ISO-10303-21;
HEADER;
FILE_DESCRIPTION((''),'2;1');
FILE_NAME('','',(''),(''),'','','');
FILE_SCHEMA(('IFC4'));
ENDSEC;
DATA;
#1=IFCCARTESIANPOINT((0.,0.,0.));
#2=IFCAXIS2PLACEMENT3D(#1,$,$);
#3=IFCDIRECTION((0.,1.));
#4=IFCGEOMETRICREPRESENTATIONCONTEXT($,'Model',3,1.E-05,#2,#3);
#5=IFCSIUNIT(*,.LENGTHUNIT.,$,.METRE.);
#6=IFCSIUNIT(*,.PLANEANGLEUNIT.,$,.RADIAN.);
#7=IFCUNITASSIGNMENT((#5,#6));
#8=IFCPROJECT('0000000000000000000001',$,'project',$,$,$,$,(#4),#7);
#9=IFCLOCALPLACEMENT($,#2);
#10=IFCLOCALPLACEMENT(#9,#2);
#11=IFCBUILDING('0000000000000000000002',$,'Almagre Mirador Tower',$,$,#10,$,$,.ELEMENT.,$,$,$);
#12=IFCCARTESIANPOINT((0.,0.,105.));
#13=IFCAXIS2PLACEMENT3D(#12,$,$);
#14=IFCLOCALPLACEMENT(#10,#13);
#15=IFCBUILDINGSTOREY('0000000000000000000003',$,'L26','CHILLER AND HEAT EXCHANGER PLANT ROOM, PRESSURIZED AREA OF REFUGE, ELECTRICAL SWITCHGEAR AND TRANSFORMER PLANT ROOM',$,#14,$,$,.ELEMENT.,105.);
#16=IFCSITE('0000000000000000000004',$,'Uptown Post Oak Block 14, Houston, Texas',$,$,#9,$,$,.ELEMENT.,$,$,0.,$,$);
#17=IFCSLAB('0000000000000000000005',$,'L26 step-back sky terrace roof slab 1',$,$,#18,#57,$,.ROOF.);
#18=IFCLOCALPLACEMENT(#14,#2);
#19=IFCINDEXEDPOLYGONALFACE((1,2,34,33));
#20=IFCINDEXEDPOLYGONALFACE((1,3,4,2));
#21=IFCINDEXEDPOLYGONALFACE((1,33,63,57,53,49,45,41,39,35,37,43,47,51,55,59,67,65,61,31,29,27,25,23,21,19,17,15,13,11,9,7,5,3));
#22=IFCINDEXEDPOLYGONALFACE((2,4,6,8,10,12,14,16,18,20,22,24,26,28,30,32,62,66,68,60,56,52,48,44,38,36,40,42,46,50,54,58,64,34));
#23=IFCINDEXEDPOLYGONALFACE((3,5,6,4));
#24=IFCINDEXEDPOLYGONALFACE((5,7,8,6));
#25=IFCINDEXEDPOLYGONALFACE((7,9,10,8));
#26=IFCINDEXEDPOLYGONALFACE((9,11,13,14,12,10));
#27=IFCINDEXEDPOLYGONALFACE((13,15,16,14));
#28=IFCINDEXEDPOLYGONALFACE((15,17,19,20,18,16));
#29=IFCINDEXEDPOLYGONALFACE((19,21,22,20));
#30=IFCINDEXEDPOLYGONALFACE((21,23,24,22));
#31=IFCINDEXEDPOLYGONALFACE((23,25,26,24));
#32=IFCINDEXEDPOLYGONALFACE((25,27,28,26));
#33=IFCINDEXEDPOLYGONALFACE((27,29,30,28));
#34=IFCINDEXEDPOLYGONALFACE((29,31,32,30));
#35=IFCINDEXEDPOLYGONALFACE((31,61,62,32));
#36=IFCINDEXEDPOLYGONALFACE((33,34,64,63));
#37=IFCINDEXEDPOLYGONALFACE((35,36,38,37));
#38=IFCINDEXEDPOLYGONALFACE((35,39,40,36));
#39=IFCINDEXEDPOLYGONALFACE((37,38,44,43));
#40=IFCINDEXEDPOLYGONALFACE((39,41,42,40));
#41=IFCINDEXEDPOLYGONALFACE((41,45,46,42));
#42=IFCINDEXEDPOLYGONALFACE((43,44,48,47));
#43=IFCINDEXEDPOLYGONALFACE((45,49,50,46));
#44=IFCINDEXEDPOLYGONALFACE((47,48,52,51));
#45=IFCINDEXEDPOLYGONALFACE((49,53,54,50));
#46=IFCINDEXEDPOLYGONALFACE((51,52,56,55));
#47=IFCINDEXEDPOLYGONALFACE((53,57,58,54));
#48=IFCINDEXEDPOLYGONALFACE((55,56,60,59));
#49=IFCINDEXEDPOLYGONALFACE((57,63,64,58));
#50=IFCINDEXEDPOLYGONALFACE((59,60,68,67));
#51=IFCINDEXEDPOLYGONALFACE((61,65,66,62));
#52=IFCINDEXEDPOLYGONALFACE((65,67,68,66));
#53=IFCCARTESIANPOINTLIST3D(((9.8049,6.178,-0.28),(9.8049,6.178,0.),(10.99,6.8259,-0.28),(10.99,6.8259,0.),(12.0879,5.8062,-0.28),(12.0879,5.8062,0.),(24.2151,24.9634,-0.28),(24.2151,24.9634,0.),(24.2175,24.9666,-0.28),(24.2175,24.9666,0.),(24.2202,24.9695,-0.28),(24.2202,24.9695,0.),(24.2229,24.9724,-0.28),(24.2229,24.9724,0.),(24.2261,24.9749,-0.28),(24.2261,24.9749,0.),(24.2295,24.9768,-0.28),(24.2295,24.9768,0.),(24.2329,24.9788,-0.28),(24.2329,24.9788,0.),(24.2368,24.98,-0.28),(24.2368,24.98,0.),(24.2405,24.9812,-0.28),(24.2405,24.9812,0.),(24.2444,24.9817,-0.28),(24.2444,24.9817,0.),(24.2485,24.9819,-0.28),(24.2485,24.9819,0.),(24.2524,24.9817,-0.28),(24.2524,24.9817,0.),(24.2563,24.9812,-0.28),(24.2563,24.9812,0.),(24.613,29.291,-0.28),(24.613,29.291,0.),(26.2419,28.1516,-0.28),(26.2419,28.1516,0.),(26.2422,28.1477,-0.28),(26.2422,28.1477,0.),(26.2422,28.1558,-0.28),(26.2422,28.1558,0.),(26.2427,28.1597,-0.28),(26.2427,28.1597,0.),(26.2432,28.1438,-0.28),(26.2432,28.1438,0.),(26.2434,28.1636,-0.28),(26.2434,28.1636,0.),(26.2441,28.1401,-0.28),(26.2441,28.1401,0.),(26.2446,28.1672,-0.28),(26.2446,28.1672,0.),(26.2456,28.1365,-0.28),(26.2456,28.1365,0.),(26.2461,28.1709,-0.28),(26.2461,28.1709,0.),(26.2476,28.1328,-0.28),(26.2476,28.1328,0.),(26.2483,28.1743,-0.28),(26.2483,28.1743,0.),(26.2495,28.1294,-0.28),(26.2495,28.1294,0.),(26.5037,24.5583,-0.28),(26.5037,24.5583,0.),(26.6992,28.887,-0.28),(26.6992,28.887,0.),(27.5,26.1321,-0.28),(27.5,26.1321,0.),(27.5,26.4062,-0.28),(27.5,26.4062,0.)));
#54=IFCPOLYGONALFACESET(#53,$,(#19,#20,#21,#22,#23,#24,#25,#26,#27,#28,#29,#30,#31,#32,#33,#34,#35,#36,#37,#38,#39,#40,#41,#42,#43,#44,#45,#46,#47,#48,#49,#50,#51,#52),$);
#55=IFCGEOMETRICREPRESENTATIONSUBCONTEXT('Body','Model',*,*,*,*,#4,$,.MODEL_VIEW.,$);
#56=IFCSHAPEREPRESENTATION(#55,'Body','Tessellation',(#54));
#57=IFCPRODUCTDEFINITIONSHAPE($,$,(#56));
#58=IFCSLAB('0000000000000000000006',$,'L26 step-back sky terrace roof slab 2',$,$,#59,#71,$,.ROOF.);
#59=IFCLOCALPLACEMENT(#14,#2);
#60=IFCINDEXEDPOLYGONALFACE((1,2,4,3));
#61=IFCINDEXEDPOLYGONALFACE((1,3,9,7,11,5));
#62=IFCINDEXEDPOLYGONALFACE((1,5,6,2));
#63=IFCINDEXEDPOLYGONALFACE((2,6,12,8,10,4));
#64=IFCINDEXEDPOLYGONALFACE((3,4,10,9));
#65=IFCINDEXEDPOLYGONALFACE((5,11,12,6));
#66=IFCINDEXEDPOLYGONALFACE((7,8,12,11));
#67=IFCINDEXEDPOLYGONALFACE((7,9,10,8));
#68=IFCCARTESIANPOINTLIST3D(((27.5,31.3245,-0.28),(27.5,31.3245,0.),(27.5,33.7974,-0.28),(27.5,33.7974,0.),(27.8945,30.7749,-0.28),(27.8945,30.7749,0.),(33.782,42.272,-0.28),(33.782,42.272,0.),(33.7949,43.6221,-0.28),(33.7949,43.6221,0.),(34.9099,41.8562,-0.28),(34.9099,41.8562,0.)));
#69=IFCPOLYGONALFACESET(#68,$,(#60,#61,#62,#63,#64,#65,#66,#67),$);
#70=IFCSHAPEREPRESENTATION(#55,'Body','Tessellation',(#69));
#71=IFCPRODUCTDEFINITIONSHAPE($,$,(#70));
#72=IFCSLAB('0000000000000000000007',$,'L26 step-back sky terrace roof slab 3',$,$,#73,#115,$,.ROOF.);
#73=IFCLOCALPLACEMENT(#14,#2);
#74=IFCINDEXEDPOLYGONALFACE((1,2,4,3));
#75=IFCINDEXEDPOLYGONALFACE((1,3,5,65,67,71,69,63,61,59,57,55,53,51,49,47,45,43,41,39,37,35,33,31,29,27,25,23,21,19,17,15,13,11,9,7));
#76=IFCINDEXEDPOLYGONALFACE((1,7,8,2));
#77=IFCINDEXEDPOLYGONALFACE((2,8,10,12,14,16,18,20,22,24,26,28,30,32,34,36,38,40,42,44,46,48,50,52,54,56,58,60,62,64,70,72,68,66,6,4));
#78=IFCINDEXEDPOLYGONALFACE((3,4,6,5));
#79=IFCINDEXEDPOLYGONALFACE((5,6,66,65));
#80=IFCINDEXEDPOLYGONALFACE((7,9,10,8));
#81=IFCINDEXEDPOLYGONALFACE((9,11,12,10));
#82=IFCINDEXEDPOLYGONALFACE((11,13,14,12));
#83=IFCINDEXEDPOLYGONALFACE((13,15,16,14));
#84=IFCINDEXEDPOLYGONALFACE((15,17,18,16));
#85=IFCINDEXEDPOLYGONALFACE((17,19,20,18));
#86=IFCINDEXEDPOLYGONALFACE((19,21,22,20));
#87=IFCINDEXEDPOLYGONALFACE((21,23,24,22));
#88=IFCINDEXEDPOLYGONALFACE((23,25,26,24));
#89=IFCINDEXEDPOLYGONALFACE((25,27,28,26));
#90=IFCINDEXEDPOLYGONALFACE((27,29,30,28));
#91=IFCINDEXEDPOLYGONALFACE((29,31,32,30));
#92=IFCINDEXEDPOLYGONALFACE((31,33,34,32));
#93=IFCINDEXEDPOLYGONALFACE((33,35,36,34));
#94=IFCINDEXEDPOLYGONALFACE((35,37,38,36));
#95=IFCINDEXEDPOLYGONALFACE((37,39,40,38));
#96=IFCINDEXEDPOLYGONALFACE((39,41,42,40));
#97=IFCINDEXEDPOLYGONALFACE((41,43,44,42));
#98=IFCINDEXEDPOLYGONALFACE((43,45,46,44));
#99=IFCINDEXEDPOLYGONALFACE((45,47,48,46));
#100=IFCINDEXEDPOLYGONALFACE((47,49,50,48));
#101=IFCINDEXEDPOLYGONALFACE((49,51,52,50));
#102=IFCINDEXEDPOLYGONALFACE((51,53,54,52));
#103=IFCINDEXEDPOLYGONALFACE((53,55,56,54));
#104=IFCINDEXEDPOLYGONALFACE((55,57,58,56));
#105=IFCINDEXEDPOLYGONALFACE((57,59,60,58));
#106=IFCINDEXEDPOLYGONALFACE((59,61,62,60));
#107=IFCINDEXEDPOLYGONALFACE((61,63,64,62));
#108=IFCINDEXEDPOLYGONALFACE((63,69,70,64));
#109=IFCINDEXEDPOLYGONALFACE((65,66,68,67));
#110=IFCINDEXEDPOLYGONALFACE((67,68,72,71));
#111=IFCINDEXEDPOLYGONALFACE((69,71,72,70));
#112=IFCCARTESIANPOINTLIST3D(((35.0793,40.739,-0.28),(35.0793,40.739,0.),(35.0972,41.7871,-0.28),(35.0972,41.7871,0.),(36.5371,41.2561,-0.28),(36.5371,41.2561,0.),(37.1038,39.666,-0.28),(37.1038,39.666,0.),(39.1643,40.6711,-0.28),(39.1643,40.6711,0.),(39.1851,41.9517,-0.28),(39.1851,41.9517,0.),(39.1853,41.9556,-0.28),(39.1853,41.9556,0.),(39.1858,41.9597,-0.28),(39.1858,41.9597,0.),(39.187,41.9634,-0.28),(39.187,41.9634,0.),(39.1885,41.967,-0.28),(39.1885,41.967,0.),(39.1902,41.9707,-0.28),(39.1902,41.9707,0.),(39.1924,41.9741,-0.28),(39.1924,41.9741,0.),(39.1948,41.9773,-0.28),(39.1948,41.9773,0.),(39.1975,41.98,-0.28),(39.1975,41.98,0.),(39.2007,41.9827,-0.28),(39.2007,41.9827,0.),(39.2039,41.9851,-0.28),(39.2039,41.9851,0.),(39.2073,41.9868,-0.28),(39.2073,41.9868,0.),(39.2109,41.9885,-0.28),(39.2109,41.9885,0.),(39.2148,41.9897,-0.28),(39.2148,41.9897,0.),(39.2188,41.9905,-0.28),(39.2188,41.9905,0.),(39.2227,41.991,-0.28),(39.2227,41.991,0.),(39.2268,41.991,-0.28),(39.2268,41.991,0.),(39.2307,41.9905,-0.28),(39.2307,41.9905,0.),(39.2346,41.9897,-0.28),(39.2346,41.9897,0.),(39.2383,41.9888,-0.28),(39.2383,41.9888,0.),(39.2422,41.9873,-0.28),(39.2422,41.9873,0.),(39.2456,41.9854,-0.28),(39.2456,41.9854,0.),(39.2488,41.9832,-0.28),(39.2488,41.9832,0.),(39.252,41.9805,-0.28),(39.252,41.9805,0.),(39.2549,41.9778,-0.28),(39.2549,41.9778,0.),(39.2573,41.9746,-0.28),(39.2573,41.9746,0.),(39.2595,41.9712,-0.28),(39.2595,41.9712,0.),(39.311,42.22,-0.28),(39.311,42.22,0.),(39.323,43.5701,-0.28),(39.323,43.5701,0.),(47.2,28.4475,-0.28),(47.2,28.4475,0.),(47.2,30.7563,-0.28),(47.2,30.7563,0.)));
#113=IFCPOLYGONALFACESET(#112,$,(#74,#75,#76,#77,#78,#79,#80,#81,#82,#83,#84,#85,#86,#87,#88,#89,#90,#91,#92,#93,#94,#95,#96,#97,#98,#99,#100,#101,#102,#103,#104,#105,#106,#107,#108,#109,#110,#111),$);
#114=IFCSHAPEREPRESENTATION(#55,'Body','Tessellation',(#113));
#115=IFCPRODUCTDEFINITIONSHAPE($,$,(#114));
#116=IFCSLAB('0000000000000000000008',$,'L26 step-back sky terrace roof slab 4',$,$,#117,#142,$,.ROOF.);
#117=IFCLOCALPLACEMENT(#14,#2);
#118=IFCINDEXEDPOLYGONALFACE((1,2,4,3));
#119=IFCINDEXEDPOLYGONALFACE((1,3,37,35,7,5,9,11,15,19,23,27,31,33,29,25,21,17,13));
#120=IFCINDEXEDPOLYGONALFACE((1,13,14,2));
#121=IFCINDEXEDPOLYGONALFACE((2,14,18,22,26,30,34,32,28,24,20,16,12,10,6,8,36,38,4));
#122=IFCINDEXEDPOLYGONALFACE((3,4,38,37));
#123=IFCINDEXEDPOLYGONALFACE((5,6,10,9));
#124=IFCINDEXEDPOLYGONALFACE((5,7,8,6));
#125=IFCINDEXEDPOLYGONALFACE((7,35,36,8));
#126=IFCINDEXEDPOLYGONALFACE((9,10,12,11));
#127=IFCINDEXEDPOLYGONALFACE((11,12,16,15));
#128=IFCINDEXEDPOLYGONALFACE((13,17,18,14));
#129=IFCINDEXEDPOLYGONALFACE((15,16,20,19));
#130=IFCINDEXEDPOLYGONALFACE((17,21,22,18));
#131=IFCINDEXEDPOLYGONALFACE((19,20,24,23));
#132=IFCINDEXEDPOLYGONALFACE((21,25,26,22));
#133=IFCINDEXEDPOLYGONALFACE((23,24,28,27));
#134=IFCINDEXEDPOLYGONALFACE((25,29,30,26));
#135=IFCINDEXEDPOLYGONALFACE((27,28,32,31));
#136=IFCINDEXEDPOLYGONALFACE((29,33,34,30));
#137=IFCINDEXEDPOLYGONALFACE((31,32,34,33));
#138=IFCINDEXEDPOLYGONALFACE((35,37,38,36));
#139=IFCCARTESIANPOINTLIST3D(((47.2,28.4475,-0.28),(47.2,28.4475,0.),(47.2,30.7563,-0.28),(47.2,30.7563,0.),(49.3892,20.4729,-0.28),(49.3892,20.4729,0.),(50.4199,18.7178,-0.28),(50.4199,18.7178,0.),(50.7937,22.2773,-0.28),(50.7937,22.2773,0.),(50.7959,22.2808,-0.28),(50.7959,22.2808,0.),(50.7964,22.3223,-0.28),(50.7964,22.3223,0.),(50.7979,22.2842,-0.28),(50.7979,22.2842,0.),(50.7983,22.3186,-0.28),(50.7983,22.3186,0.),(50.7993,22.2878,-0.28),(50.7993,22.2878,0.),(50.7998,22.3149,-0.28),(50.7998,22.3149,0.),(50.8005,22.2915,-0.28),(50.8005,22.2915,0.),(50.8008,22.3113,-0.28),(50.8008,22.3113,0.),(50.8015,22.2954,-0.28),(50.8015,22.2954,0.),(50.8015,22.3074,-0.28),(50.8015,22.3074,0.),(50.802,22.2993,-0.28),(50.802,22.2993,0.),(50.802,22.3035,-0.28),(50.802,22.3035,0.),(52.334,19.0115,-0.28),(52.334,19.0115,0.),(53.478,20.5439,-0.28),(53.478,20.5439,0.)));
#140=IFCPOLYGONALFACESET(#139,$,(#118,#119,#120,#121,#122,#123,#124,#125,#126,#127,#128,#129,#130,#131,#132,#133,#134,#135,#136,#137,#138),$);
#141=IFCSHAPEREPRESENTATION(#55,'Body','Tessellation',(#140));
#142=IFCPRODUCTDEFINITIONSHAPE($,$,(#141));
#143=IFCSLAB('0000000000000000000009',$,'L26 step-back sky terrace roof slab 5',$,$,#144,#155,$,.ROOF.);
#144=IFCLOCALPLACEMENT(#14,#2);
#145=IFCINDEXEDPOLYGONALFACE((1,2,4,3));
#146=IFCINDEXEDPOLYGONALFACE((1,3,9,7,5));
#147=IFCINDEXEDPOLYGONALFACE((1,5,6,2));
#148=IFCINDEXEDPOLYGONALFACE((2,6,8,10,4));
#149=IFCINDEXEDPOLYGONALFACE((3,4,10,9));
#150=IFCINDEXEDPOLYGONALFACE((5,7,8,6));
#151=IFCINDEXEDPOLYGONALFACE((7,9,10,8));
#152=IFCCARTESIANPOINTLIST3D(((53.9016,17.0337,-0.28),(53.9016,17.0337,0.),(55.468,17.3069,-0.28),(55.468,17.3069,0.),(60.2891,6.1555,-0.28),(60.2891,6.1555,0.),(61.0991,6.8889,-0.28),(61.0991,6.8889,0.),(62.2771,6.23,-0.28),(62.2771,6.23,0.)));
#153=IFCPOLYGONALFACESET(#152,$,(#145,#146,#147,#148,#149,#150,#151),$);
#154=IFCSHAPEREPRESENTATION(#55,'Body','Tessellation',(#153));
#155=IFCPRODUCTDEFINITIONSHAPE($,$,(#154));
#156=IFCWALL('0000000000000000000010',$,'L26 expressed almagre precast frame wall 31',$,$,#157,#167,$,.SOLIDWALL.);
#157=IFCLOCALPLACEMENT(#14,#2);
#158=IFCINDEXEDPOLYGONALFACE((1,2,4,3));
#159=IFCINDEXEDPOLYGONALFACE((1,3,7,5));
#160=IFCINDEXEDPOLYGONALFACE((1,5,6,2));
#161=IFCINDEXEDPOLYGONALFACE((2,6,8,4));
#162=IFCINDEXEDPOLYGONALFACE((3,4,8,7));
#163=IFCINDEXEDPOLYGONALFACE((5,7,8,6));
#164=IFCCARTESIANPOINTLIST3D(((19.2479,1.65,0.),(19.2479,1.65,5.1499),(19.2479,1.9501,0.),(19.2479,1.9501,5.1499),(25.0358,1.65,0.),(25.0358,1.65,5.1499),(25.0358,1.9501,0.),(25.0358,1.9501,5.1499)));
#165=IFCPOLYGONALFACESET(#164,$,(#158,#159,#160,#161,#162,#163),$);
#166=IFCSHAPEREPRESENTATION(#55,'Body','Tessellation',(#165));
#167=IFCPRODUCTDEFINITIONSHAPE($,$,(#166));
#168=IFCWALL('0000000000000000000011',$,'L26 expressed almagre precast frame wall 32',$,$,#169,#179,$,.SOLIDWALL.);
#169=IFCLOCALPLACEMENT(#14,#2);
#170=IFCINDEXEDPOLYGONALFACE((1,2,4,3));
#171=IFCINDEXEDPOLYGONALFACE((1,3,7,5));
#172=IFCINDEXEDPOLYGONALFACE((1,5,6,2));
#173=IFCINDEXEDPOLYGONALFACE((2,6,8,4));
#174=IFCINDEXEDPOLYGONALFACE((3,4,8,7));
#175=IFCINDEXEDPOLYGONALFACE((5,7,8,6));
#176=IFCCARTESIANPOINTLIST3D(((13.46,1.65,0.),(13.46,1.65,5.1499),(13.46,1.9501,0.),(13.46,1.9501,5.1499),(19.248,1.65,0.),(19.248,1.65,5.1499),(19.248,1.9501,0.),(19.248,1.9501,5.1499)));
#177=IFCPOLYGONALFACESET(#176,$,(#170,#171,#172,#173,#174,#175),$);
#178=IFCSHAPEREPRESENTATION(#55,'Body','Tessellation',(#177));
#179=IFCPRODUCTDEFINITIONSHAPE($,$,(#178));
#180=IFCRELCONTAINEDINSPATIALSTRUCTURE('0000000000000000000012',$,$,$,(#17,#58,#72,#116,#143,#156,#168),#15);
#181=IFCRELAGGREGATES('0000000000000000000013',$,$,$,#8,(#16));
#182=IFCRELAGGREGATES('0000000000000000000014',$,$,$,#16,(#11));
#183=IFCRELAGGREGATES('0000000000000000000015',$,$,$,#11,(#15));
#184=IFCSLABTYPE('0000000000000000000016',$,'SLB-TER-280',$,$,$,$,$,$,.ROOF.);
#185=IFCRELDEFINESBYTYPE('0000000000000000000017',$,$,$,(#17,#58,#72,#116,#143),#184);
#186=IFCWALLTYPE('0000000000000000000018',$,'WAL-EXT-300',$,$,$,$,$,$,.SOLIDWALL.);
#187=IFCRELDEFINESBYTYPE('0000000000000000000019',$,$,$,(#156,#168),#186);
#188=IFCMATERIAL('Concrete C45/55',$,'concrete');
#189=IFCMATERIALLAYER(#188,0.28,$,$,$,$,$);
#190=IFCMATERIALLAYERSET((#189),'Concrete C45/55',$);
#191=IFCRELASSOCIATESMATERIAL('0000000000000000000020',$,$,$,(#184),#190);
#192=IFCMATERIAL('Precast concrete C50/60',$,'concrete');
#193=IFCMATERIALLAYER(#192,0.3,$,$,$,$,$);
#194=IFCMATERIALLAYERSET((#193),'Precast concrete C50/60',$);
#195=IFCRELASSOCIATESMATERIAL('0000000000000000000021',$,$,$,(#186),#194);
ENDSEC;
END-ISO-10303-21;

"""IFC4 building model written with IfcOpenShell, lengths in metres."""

from ifc_helpers import new_model, si_unit, direction, frame, frame_2d, origin, place, context, subcontext, project, spatial, polyline, rectangle, outline, extrude, material, layer, layer_set, type_object, element, save


model = new_model("IFC4")

# Units and contexts
model_context = context("Model", 3, precision=1e-05, world=origin(), true_north=direction((0.0, 1.0)))
body_context = subcontext(model_context, "Body", "Model", "MODEL_VIEW")
ifc_project = project(units=[si_unit("LENGTHUNIT", "METRE"), si_unit("PLANEANGLEUNIT", "RADIAN")], contexts=[model_context])

# Site, building, storey
site_placement = place(None, origin())
site = spatial("IfcSite", under=ifc_project, at=site_placement, Name="Uptown Post Oak Block 14, Houston, Texas", CompositionType="ELEMENT", RefElevation=0.0)
building_placement = place(site_placement, origin())
building = spatial("IfcBuilding", under=site, at=building_placement, Name="Almagre Mirador Tower", CompositionType="ELEMENT")
storey_placement = place(building_placement, frame((0.0, 0.0, 105.0)))
storey = spatial("IfcBuildingStorey", under=building, at=storey_placement, Name="L26", Description="CHILLER AND HEAT EXCHANGER PLANT ROOM, PRESSURIZED AREA OF REFUGE, ELECTRICAL SWITCHGEAR AND TRANSFORMER PLANT ROOM", CompositionType="ELEMENT", Elevation=105.0)

# Slabs
ifc_material_1 = material(Name="Concrete C45/55", Category="concrete")
ifc_layer_1 = layer(ifc_material_1, 0.28)
ifc_layer_set_1 = layer_set([ifc_layer_1], Name="Concrete C45/55")
slab_type_1 = type_object("IfcSlabType", Name="SLB-TER-280", PredefinedType="ROOF", material=ifc_layer_set_1)
slab_1_placement = place(storey_placement, frame((0.0, 0.0, -0.28)))
element("IfcSlab", 1, at=slab_1_placement, inside=storey, type_object=slab_type_1, Name="L26 step-back sky terrace roof slab 1", PredefinedType="ROOF", context=body_context, shape_type="SweptSolid", body=[
    extrude(outline(polyline([(10.99, 6.8259), (12.0879, 5.8062), (24.2151, 24.9634), (24.2175, 24.9666), (24.2202, 24.9695), (24.2229, 24.9724), (24.2261, 24.9749), (24.2295, 24.9768), (24.2329, 24.9788), (24.2368, 24.98), (24.2405, 24.9812), (24.2444, 24.9817), (24.2485, 24.9819), (24.2524, 24.9817), (24.2563, 24.9812), (26.5037, 24.5583), (27.5, 26.1321), (27.5, 26.4062), (26.2495, 28.1294), (26.2476, 28.1328), (26.2456, 28.1365), (26.2441, 28.1401), (26.2432, 28.1438), (26.2422, 28.1477), (26.2419, 28.1516), (26.2422, 28.1558), (26.2427, 28.1597), (26.2434, 28.1636), (26.2446, 28.1672), (26.2461, 28.1709), (26.2483, 28.1743), (26.6992, 28.887), (24.613, 29.291), (9.8049, 6.178), (10.99, 6.8259)])), origin(), (0.0, 0.0, 1.0), 0.28),
])
slab_2_placement = place(storey_placement, frame((0.0, 0.0, -0.28)))
element("IfcSlab", 2, at=slab_2_placement, inside=storey, type_object=slab_type_1, Name="L26 step-back sky terrace roof slab 2", PredefinedType="ROOF", context=body_context, shape_type="SweptSolid", body=[
    extrude(outline(polyline([(27.5, 33.7974), (27.5, 31.3245), (27.8945, 30.7749), (34.9099, 41.8562), (33.782, 42.272), (33.7949, 43.6221), (27.5, 33.7974)])), origin(), (0.0, 0.0, 1.0), 0.28),
])
slab_3_placement = place(storey_placement, frame((0.0, 0.0, -0.28)))
element("IfcSlab", 3, at=slab_3_placement, inside=storey, type_object=slab_type_1, Name="L26 step-back sky terrace roof slab 3", PredefinedType="ROOF", context=body_context, shape_type="SweptSolid", body=[
    extrude(outline(polyline([(36.5371, 41.2561), (35.0972, 41.7871), (35.0793, 40.739), (37.1038, 39.666), (39.1643, 40.6711), (39.1851, 41.9517), (39.1853, 41.9556), (39.1858, 41.9597), (39.187, 41.9634), (39.1885, 41.967), (39.1902, 41.9707), (39.1924, 41.9741), (39.1948, 41.9773), (39.1975, 41.98), (39.2007, 41.9827), (39.2039, 41.9851), (39.2073, 41.9868), (39.2109, 41.9885), (39.2148, 41.9897), (39.2188, 41.9905), (39.2227, 41.991), (39.2268, 41.991), (39.2307, 41.9905), (39.2346, 41.9897), (39.2383, 41.9888), (39.2422, 41.9873), (39.2456, 41.9854), (39.2488, 41.9832), (39.252, 41.9805), (39.2549, 41.9778), (39.2573, 41.9746), (39.2595, 41.9712), (47.2, 28.4475), (47.2, 30.7563), (39.323, 43.5701), (39.311, 42.22), (36.5371, 41.2561)])), origin(), (0.0, 0.0, 1.0), 0.28),
])
slab_4_placement = place(storey_placement, frame((0.0, 0.0, -0.28)))
element("IfcSlab", 4, at=slab_4_placement, inside=storey, type_object=slab_type_1, Name="L26 step-back sky terrace roof slab 4", PredefinedType="ROOF", context=body_context, shape_type="SweptSolid", body=[
    extrude(outline(polyline([(47.2, 30.7563), (47.2, 28.4475), (50.7964, 22.3223), (50.7983, 22.3186), (50.7998, 22.3149), (50.8008, 22.3113), (50.8015, 22.3074), (50.802, 22.3035), (50.802, 22.2993), (50.8015, 22.2954), (50.8005, 22.2915), (50.7993, 22.2878), (50.7979, 22.2842), (50.7959, 22.2808), (50.7937, 22.2773), (49.3892, 20.4729), (50.4199, 18.7178), (52.334, 19.0115), (53.478, 20.5439), (47.2, 30.7563)])), origin(), (0.0, 0.0, 1.0), 0.28),
])
slab_5_placement = place(storey_placement, frame((0.0, 0.0, -0.28)))
element("IfcSlab", 5, at=slab_5_placement, inside=storey, type_object=slab_type_1, Name="L26 step-back sky terrace roof slab 5", PredefinedType="ROOF", context=body_context, shape_type="SweptSolid", body=[
    extrude(outline(polyline([(55.468, 17.3069), (53.9016, 17.0337), (60.2891, 6.1555), (61.0991, 6.8889), (62.2771, 6.23), (55.468, 17.3069)])), origin(), (0.0, 0.0, 1.0), 0.28),
])

# Walls
ifc_material_2 = material(Name="Precast concrete C50/60", Category="concrete")
ifc_layer_2 = layer(ifc_material_2, 0.3)
ifc_layer_set_2 = layer_set([ifc_layer_2], Name="Precast concrete C50/60")
wall_type_1 = type_object("IfcWallType", Name="WAL-EXT-300", PredefinedType="SOLIDWALL", material=ifc_layer_set_2)
wall_1_placement = place(storey_placement, frame((25.0359, 1.8, 0.0), z_axis=(0.0, 0.0, 1.0), x_axis=(-1.0, 0.0, 0.0)))
element("IfcWall", 6, at=wall_1_placement, inside=storey, type_object=wall_type_1, Name="L26 expressed almagre precast frame wall 31", PredefinedType="SOLIDWALL", context=body_context, shape_type="SweptSolid", body=[
    extrude(rectangle(XDim=5.7878, YDim=0.3, at=frame_2d((2.894, 0.0))), origin(), (0.0, 0.0, 1.0), 5.1499),
])
wall_2_placement = place(storey_placement, frame((19.248, 1.8, 0.0), z_axis=(0.0, 0.0, 1.0), x_axis=(-1.0, 0.0, 0.0)))
element("IfcWall", 7, at=wall_2_placement, inside=storey, type_object=wall_type_1, Name="L26 expressed almagre precast frame wall 32", PredefinedType="SOLIDWALL", context=body_context, shape_type="SweptSolid", body=[
    extrude(rectangle(XDim=5.7881, YDim=0.3, at=frame_2d((2.894, 0.0))), origin(), (0.0, 0.0, 1.0), 5.1499),
])

save(model, "model.ifc")
